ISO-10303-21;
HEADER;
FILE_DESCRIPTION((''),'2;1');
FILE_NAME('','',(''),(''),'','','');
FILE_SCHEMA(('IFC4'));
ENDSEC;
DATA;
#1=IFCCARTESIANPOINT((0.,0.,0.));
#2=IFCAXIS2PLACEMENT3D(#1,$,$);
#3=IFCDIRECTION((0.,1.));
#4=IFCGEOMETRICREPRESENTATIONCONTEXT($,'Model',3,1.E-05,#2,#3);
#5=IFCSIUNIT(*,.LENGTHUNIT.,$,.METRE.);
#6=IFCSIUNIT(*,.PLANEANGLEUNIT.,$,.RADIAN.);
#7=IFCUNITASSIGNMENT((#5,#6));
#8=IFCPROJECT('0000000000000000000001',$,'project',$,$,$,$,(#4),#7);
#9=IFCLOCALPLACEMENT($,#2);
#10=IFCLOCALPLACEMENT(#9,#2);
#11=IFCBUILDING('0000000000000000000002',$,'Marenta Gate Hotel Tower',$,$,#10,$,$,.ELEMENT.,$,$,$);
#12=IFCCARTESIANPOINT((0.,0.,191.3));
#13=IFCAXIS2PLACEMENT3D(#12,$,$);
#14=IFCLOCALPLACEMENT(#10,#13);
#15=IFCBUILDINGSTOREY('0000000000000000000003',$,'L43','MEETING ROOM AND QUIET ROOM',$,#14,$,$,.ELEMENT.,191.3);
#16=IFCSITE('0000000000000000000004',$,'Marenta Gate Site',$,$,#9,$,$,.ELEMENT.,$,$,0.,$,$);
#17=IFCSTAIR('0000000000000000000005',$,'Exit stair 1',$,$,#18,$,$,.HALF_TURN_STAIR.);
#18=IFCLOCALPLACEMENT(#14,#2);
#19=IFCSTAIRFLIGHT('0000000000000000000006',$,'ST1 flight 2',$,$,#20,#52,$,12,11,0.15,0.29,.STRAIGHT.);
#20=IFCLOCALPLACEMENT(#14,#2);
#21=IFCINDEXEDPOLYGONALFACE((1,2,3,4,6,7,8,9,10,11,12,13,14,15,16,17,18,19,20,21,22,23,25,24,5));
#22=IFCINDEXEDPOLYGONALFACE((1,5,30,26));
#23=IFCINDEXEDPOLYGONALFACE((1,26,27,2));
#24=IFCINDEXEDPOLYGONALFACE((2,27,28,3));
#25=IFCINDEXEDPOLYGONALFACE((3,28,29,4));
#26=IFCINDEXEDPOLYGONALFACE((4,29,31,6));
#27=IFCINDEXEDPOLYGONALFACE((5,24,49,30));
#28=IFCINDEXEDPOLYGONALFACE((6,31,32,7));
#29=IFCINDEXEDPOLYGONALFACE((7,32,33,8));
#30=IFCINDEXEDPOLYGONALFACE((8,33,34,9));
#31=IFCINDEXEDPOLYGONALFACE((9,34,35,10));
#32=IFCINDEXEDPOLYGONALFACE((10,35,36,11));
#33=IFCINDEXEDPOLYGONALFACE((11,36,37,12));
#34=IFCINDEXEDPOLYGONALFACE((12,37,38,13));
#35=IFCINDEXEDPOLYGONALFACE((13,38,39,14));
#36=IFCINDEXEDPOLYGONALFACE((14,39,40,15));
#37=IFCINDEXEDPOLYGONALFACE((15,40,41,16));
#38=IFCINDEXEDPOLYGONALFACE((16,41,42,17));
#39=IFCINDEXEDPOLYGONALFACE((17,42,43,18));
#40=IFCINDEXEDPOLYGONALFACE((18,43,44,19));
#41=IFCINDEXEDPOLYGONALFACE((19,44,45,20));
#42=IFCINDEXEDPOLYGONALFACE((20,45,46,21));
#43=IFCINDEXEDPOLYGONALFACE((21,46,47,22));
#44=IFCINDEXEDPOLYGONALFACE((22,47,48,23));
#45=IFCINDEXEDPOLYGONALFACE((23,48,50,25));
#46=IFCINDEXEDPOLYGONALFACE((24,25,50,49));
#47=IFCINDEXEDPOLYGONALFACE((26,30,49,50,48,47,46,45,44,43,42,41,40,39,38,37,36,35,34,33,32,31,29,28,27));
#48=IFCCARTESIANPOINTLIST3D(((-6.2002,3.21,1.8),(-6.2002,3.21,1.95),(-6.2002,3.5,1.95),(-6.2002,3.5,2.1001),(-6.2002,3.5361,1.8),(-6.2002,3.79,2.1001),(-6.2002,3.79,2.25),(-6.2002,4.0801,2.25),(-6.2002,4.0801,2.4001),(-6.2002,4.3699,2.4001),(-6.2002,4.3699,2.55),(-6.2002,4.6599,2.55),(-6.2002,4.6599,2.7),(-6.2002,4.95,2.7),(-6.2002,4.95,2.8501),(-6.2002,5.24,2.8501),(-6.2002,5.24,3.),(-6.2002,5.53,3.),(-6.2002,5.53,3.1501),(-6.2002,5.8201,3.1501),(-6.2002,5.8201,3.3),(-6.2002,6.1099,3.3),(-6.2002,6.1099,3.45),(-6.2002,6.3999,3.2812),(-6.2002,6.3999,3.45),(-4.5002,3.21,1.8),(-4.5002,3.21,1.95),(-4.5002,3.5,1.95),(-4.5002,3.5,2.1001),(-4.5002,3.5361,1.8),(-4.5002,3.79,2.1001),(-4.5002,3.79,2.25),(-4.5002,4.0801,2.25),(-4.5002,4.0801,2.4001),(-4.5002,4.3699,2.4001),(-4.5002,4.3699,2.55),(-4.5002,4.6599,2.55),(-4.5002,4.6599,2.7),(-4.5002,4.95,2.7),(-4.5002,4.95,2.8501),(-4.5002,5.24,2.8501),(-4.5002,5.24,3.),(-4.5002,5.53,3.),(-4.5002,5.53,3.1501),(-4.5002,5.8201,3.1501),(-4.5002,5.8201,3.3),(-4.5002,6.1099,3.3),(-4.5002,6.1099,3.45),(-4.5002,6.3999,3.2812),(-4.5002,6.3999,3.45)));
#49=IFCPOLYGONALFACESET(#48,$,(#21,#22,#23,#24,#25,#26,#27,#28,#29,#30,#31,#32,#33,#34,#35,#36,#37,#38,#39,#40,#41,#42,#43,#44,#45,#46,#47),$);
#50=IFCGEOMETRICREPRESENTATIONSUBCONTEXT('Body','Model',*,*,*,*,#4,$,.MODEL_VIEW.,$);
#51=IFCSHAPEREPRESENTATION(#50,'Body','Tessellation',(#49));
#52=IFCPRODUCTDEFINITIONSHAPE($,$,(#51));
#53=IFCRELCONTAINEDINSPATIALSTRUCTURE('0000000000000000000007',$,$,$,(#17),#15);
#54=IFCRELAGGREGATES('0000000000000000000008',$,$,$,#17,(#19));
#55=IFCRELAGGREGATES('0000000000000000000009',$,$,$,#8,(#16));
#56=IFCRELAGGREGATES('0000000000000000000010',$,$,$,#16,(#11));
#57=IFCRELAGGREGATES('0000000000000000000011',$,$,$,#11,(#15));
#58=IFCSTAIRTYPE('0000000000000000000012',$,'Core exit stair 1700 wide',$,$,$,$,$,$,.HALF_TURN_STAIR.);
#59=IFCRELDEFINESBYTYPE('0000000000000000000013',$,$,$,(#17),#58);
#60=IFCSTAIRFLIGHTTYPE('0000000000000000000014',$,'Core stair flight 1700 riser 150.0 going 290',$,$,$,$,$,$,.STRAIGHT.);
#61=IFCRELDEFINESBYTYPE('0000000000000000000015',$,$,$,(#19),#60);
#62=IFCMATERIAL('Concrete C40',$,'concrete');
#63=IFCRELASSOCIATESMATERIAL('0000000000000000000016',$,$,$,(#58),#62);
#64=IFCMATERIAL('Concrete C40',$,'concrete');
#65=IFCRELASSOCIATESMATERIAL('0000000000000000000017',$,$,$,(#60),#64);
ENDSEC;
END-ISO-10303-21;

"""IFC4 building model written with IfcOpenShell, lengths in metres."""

from ifc_helpers import new_model, si_unit, direction, frame, origin, place, context, subcontext, project, spatial, polyline, outline, extrude, material, type_object, element, aggregate, save


model = new_model("IFC4")

# Units and contexts
model_context = context("Model", 3, precision=1e-05, world=origin(), true_north=direction((0.0, 1.0)))
body_context = subcontext(model_context, "Body", "Model", "MODEL_VIEW")
ifc_project = project(units=[si_unit("LENGTHUNIT", "METRE"), si_unit("PLANEANGLEUNIT", "RADIAN")], contexts=[model_context])

# Site, building, storey
site_placement = place(None, origin())
site = spatial("IfcSite", under=ifc_project, at=site_placement, Name="Marenta Gate Site", CompositionType="ELEMENT", RefElevation=0.0)
building_placement = place(site_placement, origin())
building = spatial("IfcBuilding", under=site, at=building_placement, Name="Marenta Gate Hotel Tower", CompositionType="ELEMENT")
storey_placement = place(building_placement, frame((0.0, 0.0, 191.3)))
storey = spatial("IfcBuildingStorey", under=building, at=storey_placement, Name="L43", Description="MEETING ROOM AND QUIET ROOM", CompositionType="ELEMENT", Elevation=191.3)

# Stair, stair flight
ifc_material_1 = material(Name="Concrete C40", Category="concrete")
stair_type = type_object("IfcStairType", Name="Core exit stair 1700 wide", PredefinedType="HALF_TURN_STAIR", material=ifc_material_1)
stair_placement = place(storey_placement, origin())
stair = element("IfcStair", 1, at=stair_placement, inside=storey, type_object=stair_type, Name="Exit stair 1", PredefinedType="HALF_TURN_STAIR")
ifc_material_2 = material(Name="Concrete C40", Category="concrete")
stair_flight_type = type_object("IfcStairFlightType", Name="Core stair flight 1700 riser 150.0 going 290", PredefinedType="STRAIGHT", material=ifc_material_2)
stair_flight_1_placement = place(storey_placement, frame((-5.3501, 3.21, 1.8), z_axis=(0.0, 0.0, 1.0), x_axis=(0.0, 1.0, 0.0)))
stair_flight_1 = element("IfcStairFlight", 2, at=stair_flight_1_placement, type_object=stair_flight_type, Name="ST1 flight 2", NumberOfRisers=12, NumberOfTreads=11, PredefinedType="STRAIGHT", RiserHeight=0.15, TreadLength=0.29, context=body_context, shape_type="SweptSolid", body=[
    extrude(outline(polyline([(0.0, 0.0), (0.0, 0.1499), (0.29, 0.1499), (0.29, 0.3), (0.5801, 0.3), (0.5801, 0.45), (0.8701, 0.45), (0.8701, 0.6001), (1.1599, 0.6001), (1.1599, 0.75), (1.45, 0.75), (1.45, 0.8999), (1.74, 0.8999), (1.74, 1.05), (2.03, 1.05), (2.03, 1.2), (2.3201, 1.2), (2.3201, 1.3501), (2.6101, 1.3501), (2.6101, 1.5), (2.8999, 1.5), (2.8999, 1.6499), (3.1899, 1.6499), (3.1899, 1.8), (3.1899, 1.4812), (0.3262, 0.0), (0.0, 0.0)])), frame((0.0, 0.8501, 0.0), z_axis=(0.0, -1.0, 0.0), x_axis=(1.0, 0.0, 0.0)), (0.0, 0.0, 1.0), 1.7),
])
aggregate(stair, [stair_flight_1])

save(model, "model.ifc")
